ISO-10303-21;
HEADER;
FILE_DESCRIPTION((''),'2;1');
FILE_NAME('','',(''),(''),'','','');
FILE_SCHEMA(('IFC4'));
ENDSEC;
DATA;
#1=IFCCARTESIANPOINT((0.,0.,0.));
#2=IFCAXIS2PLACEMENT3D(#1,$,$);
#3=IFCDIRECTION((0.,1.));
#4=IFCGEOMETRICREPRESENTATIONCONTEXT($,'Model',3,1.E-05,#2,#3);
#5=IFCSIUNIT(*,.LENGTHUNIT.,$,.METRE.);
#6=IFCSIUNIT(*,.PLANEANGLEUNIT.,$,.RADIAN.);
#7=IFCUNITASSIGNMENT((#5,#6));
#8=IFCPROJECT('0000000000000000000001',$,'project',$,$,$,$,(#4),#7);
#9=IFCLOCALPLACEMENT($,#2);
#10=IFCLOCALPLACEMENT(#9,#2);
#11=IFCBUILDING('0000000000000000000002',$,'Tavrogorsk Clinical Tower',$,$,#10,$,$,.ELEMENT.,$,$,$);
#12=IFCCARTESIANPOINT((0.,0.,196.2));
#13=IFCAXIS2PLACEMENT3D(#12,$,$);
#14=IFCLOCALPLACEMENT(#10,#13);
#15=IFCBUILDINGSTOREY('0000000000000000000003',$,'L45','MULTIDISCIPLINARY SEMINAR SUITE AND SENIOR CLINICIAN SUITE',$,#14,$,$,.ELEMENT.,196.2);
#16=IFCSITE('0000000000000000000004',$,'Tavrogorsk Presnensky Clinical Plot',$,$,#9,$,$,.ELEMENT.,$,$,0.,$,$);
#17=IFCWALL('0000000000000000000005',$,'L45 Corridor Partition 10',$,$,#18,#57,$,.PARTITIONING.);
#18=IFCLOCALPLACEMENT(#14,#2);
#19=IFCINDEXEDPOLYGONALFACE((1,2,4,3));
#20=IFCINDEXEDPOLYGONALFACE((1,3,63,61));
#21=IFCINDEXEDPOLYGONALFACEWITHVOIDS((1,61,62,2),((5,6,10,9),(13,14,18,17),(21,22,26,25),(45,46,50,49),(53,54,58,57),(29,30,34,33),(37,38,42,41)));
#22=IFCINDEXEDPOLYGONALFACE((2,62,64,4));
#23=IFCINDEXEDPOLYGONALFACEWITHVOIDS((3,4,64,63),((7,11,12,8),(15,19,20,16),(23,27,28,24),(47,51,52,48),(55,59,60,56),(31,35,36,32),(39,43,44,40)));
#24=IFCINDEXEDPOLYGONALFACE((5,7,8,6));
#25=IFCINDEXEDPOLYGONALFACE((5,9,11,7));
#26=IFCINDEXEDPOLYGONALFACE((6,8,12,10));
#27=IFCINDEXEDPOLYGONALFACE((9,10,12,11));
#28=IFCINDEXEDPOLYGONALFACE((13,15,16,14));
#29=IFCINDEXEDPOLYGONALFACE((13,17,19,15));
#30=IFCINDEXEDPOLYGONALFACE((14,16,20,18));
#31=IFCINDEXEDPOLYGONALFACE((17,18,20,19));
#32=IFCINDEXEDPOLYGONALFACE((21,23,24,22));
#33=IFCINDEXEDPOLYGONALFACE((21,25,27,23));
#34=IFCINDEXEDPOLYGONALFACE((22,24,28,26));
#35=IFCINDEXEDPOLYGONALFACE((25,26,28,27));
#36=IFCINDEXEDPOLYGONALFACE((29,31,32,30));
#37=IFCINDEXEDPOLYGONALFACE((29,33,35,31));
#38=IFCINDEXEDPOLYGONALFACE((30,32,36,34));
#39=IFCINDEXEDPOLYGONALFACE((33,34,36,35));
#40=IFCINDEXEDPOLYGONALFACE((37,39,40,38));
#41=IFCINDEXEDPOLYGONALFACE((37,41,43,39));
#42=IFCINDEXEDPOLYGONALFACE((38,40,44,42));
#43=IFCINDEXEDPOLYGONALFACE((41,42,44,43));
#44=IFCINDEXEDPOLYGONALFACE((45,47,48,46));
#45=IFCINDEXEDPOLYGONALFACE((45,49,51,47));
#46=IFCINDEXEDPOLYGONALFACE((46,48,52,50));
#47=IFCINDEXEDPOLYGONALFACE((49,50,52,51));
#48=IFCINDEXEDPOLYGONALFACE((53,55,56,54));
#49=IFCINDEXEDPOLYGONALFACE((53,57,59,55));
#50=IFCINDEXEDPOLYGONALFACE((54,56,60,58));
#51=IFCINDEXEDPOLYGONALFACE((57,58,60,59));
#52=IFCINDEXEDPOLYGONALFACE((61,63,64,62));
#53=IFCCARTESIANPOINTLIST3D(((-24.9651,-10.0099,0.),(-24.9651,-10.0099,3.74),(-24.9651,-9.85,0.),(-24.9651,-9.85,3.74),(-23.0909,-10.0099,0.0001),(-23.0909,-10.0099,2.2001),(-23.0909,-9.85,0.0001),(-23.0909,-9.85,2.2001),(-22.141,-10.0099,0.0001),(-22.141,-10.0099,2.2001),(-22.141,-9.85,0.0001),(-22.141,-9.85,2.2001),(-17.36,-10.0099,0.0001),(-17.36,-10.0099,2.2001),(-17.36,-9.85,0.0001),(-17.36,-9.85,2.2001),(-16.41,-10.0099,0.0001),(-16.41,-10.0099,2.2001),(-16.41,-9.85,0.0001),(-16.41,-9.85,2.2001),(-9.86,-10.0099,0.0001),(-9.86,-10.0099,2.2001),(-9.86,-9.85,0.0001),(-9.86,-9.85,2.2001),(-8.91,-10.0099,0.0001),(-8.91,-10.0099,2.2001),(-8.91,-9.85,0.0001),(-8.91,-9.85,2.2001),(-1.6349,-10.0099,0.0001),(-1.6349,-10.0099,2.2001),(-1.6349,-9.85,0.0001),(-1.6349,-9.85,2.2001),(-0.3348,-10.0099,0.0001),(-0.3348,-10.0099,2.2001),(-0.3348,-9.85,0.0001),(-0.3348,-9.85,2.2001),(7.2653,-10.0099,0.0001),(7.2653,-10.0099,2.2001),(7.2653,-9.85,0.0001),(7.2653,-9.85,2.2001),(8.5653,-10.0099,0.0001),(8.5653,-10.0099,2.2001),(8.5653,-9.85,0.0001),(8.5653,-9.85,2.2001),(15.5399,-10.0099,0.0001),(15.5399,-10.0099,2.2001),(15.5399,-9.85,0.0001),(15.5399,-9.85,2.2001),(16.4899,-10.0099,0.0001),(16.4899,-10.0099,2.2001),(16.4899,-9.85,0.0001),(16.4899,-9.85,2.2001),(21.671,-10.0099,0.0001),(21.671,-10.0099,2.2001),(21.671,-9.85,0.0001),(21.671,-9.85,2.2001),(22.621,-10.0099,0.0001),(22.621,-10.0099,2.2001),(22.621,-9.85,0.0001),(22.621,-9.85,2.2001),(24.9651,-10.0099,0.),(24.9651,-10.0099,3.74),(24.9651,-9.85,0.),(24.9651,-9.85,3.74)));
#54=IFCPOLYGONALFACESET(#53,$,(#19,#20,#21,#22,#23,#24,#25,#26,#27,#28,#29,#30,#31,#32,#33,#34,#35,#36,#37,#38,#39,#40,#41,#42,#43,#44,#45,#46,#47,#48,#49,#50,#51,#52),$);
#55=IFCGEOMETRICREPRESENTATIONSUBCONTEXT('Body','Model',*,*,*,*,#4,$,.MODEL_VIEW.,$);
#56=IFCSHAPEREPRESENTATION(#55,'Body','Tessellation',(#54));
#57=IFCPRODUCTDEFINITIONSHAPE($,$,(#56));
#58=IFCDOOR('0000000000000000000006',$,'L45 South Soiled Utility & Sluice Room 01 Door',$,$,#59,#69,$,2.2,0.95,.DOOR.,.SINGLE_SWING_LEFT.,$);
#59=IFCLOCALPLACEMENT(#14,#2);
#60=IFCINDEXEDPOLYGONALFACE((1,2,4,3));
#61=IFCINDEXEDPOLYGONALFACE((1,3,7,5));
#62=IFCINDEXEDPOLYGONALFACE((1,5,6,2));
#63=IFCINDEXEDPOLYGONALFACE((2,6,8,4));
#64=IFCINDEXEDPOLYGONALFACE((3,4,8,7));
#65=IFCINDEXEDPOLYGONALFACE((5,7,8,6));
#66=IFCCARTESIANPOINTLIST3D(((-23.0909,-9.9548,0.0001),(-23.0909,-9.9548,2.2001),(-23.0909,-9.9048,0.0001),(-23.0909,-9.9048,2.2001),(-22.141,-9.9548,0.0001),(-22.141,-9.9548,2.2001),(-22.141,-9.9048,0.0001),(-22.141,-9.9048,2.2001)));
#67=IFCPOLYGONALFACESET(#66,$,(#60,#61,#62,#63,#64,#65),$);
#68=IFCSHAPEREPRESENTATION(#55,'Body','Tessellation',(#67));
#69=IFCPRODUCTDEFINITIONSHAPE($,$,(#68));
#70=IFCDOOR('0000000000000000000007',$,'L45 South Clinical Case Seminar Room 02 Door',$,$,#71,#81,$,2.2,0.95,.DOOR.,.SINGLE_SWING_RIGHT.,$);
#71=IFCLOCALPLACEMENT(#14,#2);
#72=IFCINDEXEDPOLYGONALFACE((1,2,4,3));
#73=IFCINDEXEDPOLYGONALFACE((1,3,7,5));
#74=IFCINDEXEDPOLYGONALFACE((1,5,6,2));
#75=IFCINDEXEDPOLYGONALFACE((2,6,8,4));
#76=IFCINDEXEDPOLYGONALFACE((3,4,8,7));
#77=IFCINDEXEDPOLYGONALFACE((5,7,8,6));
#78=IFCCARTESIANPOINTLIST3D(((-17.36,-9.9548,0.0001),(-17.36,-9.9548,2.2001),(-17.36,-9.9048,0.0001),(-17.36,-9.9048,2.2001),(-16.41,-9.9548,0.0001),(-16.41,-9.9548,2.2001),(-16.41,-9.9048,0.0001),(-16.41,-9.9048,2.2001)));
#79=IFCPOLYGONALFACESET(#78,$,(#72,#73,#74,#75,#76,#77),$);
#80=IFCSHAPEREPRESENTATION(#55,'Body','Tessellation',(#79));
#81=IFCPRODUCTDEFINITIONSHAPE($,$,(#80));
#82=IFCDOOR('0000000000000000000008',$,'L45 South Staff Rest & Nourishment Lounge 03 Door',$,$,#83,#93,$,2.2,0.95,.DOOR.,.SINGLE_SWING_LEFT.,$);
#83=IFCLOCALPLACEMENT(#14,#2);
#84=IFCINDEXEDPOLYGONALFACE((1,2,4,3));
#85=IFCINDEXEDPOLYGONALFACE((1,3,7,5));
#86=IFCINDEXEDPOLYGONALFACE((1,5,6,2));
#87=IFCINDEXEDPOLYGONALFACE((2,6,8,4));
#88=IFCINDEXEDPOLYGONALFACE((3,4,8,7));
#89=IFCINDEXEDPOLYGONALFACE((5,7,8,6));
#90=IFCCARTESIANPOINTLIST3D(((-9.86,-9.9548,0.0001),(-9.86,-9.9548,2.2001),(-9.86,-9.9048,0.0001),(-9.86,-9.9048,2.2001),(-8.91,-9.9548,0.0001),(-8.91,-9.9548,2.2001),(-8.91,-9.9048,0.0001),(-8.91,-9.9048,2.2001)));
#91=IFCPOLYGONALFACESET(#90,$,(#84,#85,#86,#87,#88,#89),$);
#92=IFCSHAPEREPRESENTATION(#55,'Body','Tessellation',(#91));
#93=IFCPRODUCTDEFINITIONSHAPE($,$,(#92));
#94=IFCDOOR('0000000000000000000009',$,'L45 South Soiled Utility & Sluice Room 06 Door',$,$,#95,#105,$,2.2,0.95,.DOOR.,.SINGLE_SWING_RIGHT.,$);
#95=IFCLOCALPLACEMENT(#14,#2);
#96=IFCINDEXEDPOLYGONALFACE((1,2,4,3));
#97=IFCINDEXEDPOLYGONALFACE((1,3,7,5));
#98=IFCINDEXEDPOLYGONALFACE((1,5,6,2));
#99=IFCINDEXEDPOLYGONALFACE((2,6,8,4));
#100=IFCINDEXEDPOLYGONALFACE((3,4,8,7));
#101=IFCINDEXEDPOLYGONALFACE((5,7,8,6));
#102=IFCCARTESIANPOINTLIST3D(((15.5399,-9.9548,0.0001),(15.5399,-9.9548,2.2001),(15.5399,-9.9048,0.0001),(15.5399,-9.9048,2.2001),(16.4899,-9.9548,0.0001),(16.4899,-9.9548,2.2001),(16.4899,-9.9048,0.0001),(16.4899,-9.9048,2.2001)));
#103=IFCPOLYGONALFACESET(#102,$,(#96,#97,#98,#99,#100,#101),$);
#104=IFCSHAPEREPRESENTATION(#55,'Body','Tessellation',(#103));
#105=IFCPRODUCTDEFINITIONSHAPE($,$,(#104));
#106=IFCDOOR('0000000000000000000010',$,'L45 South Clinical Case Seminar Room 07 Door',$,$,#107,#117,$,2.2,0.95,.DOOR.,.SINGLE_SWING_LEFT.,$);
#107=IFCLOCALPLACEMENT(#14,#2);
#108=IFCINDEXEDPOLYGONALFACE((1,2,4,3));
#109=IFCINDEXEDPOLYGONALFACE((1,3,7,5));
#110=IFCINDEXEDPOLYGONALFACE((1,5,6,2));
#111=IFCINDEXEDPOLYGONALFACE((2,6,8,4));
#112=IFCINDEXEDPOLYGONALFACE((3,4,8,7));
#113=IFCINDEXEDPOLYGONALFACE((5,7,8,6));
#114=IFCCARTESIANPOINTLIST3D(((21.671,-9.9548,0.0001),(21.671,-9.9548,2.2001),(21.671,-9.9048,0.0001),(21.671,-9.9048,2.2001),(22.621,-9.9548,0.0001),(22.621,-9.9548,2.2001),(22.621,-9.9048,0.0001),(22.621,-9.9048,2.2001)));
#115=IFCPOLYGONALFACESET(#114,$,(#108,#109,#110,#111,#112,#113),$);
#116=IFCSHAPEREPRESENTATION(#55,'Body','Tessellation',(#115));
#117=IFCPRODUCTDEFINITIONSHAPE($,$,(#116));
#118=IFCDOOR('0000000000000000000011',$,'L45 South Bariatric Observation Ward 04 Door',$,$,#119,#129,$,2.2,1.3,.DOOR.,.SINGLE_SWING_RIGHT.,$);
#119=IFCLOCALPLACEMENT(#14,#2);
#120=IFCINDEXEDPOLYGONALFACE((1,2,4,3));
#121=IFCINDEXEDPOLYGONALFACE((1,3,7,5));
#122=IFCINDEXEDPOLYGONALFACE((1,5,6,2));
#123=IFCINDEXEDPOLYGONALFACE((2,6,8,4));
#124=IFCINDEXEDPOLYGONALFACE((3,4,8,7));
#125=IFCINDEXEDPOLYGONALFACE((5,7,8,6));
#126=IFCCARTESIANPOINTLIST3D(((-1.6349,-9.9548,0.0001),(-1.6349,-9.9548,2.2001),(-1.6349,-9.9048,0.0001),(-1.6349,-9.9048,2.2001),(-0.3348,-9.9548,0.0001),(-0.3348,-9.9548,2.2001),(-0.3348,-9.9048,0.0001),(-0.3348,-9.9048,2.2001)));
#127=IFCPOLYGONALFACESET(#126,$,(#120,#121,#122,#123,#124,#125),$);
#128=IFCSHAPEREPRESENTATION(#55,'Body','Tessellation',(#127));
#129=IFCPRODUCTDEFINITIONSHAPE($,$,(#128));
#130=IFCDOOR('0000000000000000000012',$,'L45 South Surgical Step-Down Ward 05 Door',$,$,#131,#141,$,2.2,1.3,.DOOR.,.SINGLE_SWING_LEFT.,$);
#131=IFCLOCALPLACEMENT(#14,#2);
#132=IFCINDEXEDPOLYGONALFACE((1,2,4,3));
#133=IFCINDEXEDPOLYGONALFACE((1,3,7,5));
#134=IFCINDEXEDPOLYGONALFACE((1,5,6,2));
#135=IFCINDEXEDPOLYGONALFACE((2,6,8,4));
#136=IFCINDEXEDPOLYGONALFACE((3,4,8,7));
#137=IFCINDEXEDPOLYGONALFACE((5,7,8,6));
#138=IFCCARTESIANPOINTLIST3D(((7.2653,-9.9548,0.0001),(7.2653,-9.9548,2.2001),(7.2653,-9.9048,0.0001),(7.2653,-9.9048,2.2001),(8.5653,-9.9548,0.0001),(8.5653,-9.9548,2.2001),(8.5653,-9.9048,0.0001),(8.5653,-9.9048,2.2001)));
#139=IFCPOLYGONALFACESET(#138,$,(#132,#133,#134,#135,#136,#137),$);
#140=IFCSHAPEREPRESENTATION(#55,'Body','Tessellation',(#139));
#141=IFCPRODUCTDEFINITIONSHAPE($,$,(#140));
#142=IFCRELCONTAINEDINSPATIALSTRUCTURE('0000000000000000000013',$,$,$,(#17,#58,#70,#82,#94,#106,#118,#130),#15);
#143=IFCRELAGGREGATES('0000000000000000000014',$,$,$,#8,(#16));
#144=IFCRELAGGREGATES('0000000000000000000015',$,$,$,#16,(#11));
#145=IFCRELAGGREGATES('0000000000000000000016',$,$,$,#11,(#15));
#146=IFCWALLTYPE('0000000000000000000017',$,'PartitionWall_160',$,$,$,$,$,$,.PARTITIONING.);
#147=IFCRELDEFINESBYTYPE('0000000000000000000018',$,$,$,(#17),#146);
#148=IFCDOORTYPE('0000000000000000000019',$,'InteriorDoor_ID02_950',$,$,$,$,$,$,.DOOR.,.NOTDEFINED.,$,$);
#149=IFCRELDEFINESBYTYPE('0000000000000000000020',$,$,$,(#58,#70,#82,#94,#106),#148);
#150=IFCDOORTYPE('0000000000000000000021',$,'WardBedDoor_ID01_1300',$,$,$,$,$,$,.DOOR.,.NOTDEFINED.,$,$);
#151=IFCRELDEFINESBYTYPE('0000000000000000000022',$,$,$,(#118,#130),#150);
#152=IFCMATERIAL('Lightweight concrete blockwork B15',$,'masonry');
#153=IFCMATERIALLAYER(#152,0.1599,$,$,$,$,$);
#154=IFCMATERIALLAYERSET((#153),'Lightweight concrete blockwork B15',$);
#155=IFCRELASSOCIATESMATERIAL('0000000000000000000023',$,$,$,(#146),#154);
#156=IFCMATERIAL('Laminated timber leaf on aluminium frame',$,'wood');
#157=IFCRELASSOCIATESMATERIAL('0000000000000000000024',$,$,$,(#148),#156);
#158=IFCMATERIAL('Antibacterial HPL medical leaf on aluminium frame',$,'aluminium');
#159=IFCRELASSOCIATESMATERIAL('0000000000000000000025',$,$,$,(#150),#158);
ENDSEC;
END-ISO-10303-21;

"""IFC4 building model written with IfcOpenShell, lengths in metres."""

from ifc_helpers import new_model, si_unit, direction, frame, frame_2d, origin, place, context, subcontext, project, spatial, rectangle, extrude, material, layer, layer_set, type_object, element, fill, save


model = new_model("IFC4")

# Units and contexts
model_context = context("Model", 3, precision=1e-05, world=origin(), true_north=direction((0.0, 1.0)))
body_context = subcontext(model_context, "Body", "Model", "MODEL_VIEW")
ifc_project = project(units=[si_unit("LENGTHUNIT", "METRE"), si_unit("PLANEANGLEUNIT", "RADIAN")], contexts=[model_context])

# Site, building, storey
site_placement = place(None, origin())
site = spatial("IfcSite", under=ifc_project, at=site_placement, Name="Tavrogorsk Presnensky Clinical Plot", CompositionType="ELEMENT", RefElevation=0.0)
building_placement = place(site_placement, origin())
building = spatial("IfcBuilding", under=site, at=building_placement, Name="Tavrogorsk Clinical Tower", CompositionType="ELEMENT")
storey_placement = place(building_placement, frame((0.0, 0.0, 196.2)))
storey = spatial("IfcBuildingStorey", under=building, at=storey_placement, Name="L45", Description="MULTIDISCIPLINARY SEMINAR SUITE AND SENIOR CLINICIAN SUITE", CompositionType="ELEMENT", Elevation=196.2)

# Shared definitions
ifc_material_1 = material(Name="Lightweight concrete blockwork B15", Category="masonry")
ifc_layer = layer(ifc_material_1, 0.1599)
ifc_layer_set = layer_set([ifc_layer], Name="Lightweight concrete blockwork B15")
wall_type = type_object("IfcWallType", Name="PartitionWall_160", PredefinedType="PARTITIONING", material=ifc_layer_set)
ifc_material_2 = material(Name="Laminated timber leaf on aluminium frame", Category="wood")
door_type_1 = type_object("IfcDoorType", Name="InteriorDoor_ID02_950", OperationType="NOTDEFINED", PredefinedType="DOOR", material=ifc_material_2)

# Wall, openings, doors
wall_1_placement = place(storey_placement, frame((24.9651, -9.9299, 0.0), z_axis=(0.0, 0.0, 1.0), x_axis=(-1.0, 0.0, 0.0)))
wall_1 = element("IfcWall", 1, at=wall_1_placement, inside=storey, type_object=wall_type, Name="L45 Corridor Partition 10", PredefinedType="PARTITIONING", context=body_context, shape_type="SweptSolid", body=[
    extrude(rectangle(XDim=49.9302, YDim=0.1599, at=frame_2d((24.9651, 0.0))), origin(), (0.0, 0.0, 1.0), 3.74),
])
opening_1_placement = place(wall_1_placement, frame((47.106, 0.0, 0.0)))
opening_1 = element("IfcOpeningElement", 2, at=opening_1_placement, cuts=wall_1, PredefinedType="OPENING", context=body_context, shape_type="SweptSolid", body=[
    extrude(rectangle(XDim=0.95, YDim=2.2, at=frame_2d((0.4751, 1.1001))), frame((0.0, 0.0898, 0.0), z_axis=(0.0, -1.0, 0.0), x_axis=(1.0, 0.0, 0.0)), (0.0, 0.0, 1.0), 0.1799),
])
opening_2_placement = place(wall_1_placement, frame((41.375, 0.0, 0.0)))
opening_2 = element("IfcOpeningElement", 3, at=opening_2_placement, cuts=wall_1, PredefinedType="OPENING", context=body_context, shape_type="SweptSolid", body=[
    extrude(rectangle(XDim=0.95, YDim=2.2, at=frame_2d((0.4751, 1.1001))), frame((0.0, 0.0898, 0.0), z_axis=(0.0, -1.0, 0.0), x_axis=(1.0, 0.0, 0.0)), (0.0, 0.0, 1.0), 0.1799),
])
opening_3_placement = place(wall_1_placement, frame((33.875, 0.0, 0.0)))
opening_3 = element("IfcOpeningElement", 4, at=opening_3_placement, cuts=wall_1, PredefinedType="OPENING", context=body_context, shape_type="SweptSolid", body=[
    extrude(rectangle(XDim=0.95, YDim=2.2, at=frame_2d((0.4751, 1.1001))), frame((0.0, 0.0898, 0.0), z_axis=(0.0, -1.0, 0.0), x_axis=(1.0, 0.0, 0.0)), (0.0, 0.0, 1.0), 0.1799),
])
opening_4_placement = place(wall_1_placement, frame((25.3, 0.0, 0.0)))
opening_4 = element("IfcOpeningElement", 5, at=opening_4_placement, cuts=wall_1, PredefinedType="OPENING", context=body_context, shape_type="SweptSolid", body=[
    extrude(rectangle(XDim=1.3, YDim=2.2, at=frame_2d((0.6499, 1.1001))), frame((0.0, 0.0898, 0.0), z_axis=(0.0, -1.0, 0.0), x_axis=(1.0, 0.0, 0.0)), (0.0, 0.0, 1.0), 0.1799),
])
opening_5_placement = place(wall_1_placement, frame((16.3999, 0.0, 0.0)))
opening_5 = element("IfcOpeningElement", 6, at=opening_5_placement, cuts=wall_1, PredefinedType="OPENING", context=body_context, shape_type="SweptSolid", body=[
    extrude(rectangle(XDim=1.3, YDim=2.2, at=frame_2d((0.6499, 1.1001))), frame((0.0, 0.0898, 0.0), z_axis=(0.0, -1.0, 0.0), x_axis=(1.0, 0.0, 0.0)), (0.0, 0.0, 1.0), 0.1799),
])
opening_6_placement = place(wall_1_placement, frame((8.4751, 0.0, 0.0)))
opening_6 = element("IfcOpeningElement", 7, at=opening_6_placement, cuts=wall_1, PredefinedType="OPENING", context=body_context, shape_type="SweptSolid", body=[
    extrude(rectangle(XDim=0.95, YDim=2.2, at=frame_2d((0.4751, 1.1001))), frame((0.0, 0.0898, 0.0), z_axis=(0.0, -1.0, 0.0), x_axis=(1.0, 0.0, 0.0)), (0.0, 0.0, 1.0), 0.1799),
])
opening_7_placement = place(wall_1_placement, frame((2.344, 0.0, 0.0)))
opening_7 = element("IfcOpeningElement", 8, at=opening_7_placement, cuts=wall_1, PredefinedType="OPENING", context=body_context, shape_type="SweptSolid", body=[
    extrude(rectangle(XDim=0.95, YDim=2.2, at=frame_2d((0.4751, 1.1001))), frame((0.0, 0.0898, 0.0), z_axis=(0.0, -1.0, 0.0), x_axis=(1.0, 0.0, 0.0)), (0.0, 0.0, 1.0), 0.1799),
])
door_1_placement = place(opening_1_placement, origin())
door_1 = element("IfcDoor", 9, at=door_1_placement, inside=storey, type_object=door_type_1, Name="L45 South Soiled Utility & Sluice Room 01 Door", OperationType="SINGLE_SWING_LEFT", OverallHeight=2.2, OverallWidth=0.95, PredefinedType="DOOR", context=body_context, shape_type="SweptSolid", body=[
    extrude(rectangle(XDim=0.95, YDim=2.2, at=frame_2d((0.4751, 1.1001))), frame((0.0, 0.0249, 0.0), z_axis=(0.0, -1.0, 0.0), x_axis=(1.0, 0.0, 0.0)), (0.0, 0.0, 1.0), 0.05),
])
fill(opening_1, door_1)
door_2_placement = place(opening_2_placement, origin())
door_2 = element("IfcDoor", 10, at=door_2_placement, inside=storey, type_object=door_type_1, Name="L45 South Clinical Case Seminar Room 02 Door", OperationType="SINGLE_SWING_RIGHT", OverallHeight=2.2, OverallWidth=0.95, PredefinedType="DOOR", context=body_context, shape_type="SweptSolid", body=[
    extrude(rectangle(XDim=0.95, YDim=2.2, at=frame_2d((0.4751, 1.1001))), frame((0.0, 0.0249, 0.0), z_axis=(0.0, -1.0, 0.0), x_axis=(1.0, 0.0, 0.0)), (0.0, 0.0, 1.0), 0.05),
])
fill(opening_2, door_2)
door_3_placement = place(opening_3_placement, origin())
door_3 = element("IfcDoor", 11, at=door_3_placement, inside=storey, type_object=door_type_1, Name="L45 South Staff Rest & Nourishment Lounge 03 Door", OperationType="SINGLE_SWING_LEFT", OverallHeight=2.2, OverallWidth=0.95, PredefinedType="DOOR", context=body_context, shape_type="SweptSolid", body=[
    extrude(rectangle(XDim=0.95, YDim=2.2, at=frame_2d((0.4751, 1.1001))), frame((0.0, 0.0249, 0.0), z_axis=(0.0, -1.0, 0.0), x_axis=(1.0, 0.0, 0.0)), (0.0, 0.0, 1.0), 0.05),
])
fill(opening_3, door_3)
door_4_placement = place(opening_6_placement, origin())
door_4 = element("IfcDoor", 12, at=door_4_placement, inside=storey, type_object=door_type_1, Name="L45 South Soiled Utility & Sluice Room 06 Door", OperationType="SINGLE_SWING_RIGHT", OverallHeight=2.2, OverallWidth=0.95, PredefinedType="DOOR", context=body_context, shape_type="SweptSolid", body=[
    extrude(rectangle(XDim=0.95, YDim=2.2, at=frame_2d((0.4751, 1.1001))), frame((0.0, 0.0249, 0.0), z_axis=(0.0, -1.0, 0.0), x_axis=(1.0, 0.0, 0.0)), (0.0, 0.0, 1.0), 0.05),
])
fill(opening_6, door_4)
door_5_placement = place(opening_7_placement, origin())
door_5 = element("IfcDoor", 13, at=door_5_placement, inside=storey, type_object=door_type_1, Name="L45 South Clinical Case Seminar Room 07 Door", OperationType="SINGLE_SWING_LEFT", OverallHeight=2.2, OverallWidth=0.95, PredefinedType="DOOR", context=body_context, shape_type="SweptSolid", body=[
    extrude(rectangle(XDim=0.95, YDim=2.2, at=frame_2d((0.4751, 1.1001))), frame((0.0, 0.0249, 0.0), z_axis=(0.0, -1.0, 0.0), x_axis=(1.0, 0.0, 0.0)), (0.0, 0.0, 1.0), 0.05),
])
fill(opening_7, door_5)
ifc_material_3 = material(Name="Antibacterial HPL medical leaf on aluminium frame", Category="aluminium")
door_type_2 = type_object("IfcDoorType", Name="WardBedDoor_ID01_1300", OperationType="NOTDEFINED", PredefinedType="DOOR", material=ifc_material_3)
door_6_placement = place(opening_4_placement, origin())
door_6 = element("IfcDoor", 14, at=door_6_placement, inside=storey, type_object=door_type_2, Name="L45 South Bariatric Observation Ward 04 Door", OperationType="SINGLE_SWING_RIGHT", OverallHeight=2.2, OverallWidth=1.3, PredefinedType="DOOR", context=body_context, shape_type="SweptSolid", body=[
    extrude(rectangle(XDim=1.3, YDim=2.2, at=frame_2d((0.6499, 1.1001))), frame((0.0, 0.0249, 0.0), z_axis=(0.0, -1.0, 0.0), x_axis=(1.0, 0.0, 0.0)), (0.0, 0.0, 1.0), 0.05),
])
fill(opening_4, door_6)
door_7_placement = place(opening_5_placement, origin())
door_7 = element("IfcDoor", 15, at=door_7_placement, inside=storey, type_object=door_type_2, Name="L45 South Surgical Step-Down Ward 05 Door", OperationType="SINGLE_SWING_LEFT", OverallHeight=2.2, OverallWidth=1.3, PredefinedType="DOOR", context=body_context, shape_type="SweptSolid", body=[
    extrude(rectangle(XDim=1.3, YDim=2.2, at=frame_2d((0.6499, 1.1001))), frame((0.0, 0.0249, 0.0), z_axis=(0.0, -1.0, 0.0), x_axis=(1.0, 0.0, 0.0)), (0.0, 0.0, 1.0), 0.05),
])
fill(opening_5, door_7)

save(model, "model.ifc")
